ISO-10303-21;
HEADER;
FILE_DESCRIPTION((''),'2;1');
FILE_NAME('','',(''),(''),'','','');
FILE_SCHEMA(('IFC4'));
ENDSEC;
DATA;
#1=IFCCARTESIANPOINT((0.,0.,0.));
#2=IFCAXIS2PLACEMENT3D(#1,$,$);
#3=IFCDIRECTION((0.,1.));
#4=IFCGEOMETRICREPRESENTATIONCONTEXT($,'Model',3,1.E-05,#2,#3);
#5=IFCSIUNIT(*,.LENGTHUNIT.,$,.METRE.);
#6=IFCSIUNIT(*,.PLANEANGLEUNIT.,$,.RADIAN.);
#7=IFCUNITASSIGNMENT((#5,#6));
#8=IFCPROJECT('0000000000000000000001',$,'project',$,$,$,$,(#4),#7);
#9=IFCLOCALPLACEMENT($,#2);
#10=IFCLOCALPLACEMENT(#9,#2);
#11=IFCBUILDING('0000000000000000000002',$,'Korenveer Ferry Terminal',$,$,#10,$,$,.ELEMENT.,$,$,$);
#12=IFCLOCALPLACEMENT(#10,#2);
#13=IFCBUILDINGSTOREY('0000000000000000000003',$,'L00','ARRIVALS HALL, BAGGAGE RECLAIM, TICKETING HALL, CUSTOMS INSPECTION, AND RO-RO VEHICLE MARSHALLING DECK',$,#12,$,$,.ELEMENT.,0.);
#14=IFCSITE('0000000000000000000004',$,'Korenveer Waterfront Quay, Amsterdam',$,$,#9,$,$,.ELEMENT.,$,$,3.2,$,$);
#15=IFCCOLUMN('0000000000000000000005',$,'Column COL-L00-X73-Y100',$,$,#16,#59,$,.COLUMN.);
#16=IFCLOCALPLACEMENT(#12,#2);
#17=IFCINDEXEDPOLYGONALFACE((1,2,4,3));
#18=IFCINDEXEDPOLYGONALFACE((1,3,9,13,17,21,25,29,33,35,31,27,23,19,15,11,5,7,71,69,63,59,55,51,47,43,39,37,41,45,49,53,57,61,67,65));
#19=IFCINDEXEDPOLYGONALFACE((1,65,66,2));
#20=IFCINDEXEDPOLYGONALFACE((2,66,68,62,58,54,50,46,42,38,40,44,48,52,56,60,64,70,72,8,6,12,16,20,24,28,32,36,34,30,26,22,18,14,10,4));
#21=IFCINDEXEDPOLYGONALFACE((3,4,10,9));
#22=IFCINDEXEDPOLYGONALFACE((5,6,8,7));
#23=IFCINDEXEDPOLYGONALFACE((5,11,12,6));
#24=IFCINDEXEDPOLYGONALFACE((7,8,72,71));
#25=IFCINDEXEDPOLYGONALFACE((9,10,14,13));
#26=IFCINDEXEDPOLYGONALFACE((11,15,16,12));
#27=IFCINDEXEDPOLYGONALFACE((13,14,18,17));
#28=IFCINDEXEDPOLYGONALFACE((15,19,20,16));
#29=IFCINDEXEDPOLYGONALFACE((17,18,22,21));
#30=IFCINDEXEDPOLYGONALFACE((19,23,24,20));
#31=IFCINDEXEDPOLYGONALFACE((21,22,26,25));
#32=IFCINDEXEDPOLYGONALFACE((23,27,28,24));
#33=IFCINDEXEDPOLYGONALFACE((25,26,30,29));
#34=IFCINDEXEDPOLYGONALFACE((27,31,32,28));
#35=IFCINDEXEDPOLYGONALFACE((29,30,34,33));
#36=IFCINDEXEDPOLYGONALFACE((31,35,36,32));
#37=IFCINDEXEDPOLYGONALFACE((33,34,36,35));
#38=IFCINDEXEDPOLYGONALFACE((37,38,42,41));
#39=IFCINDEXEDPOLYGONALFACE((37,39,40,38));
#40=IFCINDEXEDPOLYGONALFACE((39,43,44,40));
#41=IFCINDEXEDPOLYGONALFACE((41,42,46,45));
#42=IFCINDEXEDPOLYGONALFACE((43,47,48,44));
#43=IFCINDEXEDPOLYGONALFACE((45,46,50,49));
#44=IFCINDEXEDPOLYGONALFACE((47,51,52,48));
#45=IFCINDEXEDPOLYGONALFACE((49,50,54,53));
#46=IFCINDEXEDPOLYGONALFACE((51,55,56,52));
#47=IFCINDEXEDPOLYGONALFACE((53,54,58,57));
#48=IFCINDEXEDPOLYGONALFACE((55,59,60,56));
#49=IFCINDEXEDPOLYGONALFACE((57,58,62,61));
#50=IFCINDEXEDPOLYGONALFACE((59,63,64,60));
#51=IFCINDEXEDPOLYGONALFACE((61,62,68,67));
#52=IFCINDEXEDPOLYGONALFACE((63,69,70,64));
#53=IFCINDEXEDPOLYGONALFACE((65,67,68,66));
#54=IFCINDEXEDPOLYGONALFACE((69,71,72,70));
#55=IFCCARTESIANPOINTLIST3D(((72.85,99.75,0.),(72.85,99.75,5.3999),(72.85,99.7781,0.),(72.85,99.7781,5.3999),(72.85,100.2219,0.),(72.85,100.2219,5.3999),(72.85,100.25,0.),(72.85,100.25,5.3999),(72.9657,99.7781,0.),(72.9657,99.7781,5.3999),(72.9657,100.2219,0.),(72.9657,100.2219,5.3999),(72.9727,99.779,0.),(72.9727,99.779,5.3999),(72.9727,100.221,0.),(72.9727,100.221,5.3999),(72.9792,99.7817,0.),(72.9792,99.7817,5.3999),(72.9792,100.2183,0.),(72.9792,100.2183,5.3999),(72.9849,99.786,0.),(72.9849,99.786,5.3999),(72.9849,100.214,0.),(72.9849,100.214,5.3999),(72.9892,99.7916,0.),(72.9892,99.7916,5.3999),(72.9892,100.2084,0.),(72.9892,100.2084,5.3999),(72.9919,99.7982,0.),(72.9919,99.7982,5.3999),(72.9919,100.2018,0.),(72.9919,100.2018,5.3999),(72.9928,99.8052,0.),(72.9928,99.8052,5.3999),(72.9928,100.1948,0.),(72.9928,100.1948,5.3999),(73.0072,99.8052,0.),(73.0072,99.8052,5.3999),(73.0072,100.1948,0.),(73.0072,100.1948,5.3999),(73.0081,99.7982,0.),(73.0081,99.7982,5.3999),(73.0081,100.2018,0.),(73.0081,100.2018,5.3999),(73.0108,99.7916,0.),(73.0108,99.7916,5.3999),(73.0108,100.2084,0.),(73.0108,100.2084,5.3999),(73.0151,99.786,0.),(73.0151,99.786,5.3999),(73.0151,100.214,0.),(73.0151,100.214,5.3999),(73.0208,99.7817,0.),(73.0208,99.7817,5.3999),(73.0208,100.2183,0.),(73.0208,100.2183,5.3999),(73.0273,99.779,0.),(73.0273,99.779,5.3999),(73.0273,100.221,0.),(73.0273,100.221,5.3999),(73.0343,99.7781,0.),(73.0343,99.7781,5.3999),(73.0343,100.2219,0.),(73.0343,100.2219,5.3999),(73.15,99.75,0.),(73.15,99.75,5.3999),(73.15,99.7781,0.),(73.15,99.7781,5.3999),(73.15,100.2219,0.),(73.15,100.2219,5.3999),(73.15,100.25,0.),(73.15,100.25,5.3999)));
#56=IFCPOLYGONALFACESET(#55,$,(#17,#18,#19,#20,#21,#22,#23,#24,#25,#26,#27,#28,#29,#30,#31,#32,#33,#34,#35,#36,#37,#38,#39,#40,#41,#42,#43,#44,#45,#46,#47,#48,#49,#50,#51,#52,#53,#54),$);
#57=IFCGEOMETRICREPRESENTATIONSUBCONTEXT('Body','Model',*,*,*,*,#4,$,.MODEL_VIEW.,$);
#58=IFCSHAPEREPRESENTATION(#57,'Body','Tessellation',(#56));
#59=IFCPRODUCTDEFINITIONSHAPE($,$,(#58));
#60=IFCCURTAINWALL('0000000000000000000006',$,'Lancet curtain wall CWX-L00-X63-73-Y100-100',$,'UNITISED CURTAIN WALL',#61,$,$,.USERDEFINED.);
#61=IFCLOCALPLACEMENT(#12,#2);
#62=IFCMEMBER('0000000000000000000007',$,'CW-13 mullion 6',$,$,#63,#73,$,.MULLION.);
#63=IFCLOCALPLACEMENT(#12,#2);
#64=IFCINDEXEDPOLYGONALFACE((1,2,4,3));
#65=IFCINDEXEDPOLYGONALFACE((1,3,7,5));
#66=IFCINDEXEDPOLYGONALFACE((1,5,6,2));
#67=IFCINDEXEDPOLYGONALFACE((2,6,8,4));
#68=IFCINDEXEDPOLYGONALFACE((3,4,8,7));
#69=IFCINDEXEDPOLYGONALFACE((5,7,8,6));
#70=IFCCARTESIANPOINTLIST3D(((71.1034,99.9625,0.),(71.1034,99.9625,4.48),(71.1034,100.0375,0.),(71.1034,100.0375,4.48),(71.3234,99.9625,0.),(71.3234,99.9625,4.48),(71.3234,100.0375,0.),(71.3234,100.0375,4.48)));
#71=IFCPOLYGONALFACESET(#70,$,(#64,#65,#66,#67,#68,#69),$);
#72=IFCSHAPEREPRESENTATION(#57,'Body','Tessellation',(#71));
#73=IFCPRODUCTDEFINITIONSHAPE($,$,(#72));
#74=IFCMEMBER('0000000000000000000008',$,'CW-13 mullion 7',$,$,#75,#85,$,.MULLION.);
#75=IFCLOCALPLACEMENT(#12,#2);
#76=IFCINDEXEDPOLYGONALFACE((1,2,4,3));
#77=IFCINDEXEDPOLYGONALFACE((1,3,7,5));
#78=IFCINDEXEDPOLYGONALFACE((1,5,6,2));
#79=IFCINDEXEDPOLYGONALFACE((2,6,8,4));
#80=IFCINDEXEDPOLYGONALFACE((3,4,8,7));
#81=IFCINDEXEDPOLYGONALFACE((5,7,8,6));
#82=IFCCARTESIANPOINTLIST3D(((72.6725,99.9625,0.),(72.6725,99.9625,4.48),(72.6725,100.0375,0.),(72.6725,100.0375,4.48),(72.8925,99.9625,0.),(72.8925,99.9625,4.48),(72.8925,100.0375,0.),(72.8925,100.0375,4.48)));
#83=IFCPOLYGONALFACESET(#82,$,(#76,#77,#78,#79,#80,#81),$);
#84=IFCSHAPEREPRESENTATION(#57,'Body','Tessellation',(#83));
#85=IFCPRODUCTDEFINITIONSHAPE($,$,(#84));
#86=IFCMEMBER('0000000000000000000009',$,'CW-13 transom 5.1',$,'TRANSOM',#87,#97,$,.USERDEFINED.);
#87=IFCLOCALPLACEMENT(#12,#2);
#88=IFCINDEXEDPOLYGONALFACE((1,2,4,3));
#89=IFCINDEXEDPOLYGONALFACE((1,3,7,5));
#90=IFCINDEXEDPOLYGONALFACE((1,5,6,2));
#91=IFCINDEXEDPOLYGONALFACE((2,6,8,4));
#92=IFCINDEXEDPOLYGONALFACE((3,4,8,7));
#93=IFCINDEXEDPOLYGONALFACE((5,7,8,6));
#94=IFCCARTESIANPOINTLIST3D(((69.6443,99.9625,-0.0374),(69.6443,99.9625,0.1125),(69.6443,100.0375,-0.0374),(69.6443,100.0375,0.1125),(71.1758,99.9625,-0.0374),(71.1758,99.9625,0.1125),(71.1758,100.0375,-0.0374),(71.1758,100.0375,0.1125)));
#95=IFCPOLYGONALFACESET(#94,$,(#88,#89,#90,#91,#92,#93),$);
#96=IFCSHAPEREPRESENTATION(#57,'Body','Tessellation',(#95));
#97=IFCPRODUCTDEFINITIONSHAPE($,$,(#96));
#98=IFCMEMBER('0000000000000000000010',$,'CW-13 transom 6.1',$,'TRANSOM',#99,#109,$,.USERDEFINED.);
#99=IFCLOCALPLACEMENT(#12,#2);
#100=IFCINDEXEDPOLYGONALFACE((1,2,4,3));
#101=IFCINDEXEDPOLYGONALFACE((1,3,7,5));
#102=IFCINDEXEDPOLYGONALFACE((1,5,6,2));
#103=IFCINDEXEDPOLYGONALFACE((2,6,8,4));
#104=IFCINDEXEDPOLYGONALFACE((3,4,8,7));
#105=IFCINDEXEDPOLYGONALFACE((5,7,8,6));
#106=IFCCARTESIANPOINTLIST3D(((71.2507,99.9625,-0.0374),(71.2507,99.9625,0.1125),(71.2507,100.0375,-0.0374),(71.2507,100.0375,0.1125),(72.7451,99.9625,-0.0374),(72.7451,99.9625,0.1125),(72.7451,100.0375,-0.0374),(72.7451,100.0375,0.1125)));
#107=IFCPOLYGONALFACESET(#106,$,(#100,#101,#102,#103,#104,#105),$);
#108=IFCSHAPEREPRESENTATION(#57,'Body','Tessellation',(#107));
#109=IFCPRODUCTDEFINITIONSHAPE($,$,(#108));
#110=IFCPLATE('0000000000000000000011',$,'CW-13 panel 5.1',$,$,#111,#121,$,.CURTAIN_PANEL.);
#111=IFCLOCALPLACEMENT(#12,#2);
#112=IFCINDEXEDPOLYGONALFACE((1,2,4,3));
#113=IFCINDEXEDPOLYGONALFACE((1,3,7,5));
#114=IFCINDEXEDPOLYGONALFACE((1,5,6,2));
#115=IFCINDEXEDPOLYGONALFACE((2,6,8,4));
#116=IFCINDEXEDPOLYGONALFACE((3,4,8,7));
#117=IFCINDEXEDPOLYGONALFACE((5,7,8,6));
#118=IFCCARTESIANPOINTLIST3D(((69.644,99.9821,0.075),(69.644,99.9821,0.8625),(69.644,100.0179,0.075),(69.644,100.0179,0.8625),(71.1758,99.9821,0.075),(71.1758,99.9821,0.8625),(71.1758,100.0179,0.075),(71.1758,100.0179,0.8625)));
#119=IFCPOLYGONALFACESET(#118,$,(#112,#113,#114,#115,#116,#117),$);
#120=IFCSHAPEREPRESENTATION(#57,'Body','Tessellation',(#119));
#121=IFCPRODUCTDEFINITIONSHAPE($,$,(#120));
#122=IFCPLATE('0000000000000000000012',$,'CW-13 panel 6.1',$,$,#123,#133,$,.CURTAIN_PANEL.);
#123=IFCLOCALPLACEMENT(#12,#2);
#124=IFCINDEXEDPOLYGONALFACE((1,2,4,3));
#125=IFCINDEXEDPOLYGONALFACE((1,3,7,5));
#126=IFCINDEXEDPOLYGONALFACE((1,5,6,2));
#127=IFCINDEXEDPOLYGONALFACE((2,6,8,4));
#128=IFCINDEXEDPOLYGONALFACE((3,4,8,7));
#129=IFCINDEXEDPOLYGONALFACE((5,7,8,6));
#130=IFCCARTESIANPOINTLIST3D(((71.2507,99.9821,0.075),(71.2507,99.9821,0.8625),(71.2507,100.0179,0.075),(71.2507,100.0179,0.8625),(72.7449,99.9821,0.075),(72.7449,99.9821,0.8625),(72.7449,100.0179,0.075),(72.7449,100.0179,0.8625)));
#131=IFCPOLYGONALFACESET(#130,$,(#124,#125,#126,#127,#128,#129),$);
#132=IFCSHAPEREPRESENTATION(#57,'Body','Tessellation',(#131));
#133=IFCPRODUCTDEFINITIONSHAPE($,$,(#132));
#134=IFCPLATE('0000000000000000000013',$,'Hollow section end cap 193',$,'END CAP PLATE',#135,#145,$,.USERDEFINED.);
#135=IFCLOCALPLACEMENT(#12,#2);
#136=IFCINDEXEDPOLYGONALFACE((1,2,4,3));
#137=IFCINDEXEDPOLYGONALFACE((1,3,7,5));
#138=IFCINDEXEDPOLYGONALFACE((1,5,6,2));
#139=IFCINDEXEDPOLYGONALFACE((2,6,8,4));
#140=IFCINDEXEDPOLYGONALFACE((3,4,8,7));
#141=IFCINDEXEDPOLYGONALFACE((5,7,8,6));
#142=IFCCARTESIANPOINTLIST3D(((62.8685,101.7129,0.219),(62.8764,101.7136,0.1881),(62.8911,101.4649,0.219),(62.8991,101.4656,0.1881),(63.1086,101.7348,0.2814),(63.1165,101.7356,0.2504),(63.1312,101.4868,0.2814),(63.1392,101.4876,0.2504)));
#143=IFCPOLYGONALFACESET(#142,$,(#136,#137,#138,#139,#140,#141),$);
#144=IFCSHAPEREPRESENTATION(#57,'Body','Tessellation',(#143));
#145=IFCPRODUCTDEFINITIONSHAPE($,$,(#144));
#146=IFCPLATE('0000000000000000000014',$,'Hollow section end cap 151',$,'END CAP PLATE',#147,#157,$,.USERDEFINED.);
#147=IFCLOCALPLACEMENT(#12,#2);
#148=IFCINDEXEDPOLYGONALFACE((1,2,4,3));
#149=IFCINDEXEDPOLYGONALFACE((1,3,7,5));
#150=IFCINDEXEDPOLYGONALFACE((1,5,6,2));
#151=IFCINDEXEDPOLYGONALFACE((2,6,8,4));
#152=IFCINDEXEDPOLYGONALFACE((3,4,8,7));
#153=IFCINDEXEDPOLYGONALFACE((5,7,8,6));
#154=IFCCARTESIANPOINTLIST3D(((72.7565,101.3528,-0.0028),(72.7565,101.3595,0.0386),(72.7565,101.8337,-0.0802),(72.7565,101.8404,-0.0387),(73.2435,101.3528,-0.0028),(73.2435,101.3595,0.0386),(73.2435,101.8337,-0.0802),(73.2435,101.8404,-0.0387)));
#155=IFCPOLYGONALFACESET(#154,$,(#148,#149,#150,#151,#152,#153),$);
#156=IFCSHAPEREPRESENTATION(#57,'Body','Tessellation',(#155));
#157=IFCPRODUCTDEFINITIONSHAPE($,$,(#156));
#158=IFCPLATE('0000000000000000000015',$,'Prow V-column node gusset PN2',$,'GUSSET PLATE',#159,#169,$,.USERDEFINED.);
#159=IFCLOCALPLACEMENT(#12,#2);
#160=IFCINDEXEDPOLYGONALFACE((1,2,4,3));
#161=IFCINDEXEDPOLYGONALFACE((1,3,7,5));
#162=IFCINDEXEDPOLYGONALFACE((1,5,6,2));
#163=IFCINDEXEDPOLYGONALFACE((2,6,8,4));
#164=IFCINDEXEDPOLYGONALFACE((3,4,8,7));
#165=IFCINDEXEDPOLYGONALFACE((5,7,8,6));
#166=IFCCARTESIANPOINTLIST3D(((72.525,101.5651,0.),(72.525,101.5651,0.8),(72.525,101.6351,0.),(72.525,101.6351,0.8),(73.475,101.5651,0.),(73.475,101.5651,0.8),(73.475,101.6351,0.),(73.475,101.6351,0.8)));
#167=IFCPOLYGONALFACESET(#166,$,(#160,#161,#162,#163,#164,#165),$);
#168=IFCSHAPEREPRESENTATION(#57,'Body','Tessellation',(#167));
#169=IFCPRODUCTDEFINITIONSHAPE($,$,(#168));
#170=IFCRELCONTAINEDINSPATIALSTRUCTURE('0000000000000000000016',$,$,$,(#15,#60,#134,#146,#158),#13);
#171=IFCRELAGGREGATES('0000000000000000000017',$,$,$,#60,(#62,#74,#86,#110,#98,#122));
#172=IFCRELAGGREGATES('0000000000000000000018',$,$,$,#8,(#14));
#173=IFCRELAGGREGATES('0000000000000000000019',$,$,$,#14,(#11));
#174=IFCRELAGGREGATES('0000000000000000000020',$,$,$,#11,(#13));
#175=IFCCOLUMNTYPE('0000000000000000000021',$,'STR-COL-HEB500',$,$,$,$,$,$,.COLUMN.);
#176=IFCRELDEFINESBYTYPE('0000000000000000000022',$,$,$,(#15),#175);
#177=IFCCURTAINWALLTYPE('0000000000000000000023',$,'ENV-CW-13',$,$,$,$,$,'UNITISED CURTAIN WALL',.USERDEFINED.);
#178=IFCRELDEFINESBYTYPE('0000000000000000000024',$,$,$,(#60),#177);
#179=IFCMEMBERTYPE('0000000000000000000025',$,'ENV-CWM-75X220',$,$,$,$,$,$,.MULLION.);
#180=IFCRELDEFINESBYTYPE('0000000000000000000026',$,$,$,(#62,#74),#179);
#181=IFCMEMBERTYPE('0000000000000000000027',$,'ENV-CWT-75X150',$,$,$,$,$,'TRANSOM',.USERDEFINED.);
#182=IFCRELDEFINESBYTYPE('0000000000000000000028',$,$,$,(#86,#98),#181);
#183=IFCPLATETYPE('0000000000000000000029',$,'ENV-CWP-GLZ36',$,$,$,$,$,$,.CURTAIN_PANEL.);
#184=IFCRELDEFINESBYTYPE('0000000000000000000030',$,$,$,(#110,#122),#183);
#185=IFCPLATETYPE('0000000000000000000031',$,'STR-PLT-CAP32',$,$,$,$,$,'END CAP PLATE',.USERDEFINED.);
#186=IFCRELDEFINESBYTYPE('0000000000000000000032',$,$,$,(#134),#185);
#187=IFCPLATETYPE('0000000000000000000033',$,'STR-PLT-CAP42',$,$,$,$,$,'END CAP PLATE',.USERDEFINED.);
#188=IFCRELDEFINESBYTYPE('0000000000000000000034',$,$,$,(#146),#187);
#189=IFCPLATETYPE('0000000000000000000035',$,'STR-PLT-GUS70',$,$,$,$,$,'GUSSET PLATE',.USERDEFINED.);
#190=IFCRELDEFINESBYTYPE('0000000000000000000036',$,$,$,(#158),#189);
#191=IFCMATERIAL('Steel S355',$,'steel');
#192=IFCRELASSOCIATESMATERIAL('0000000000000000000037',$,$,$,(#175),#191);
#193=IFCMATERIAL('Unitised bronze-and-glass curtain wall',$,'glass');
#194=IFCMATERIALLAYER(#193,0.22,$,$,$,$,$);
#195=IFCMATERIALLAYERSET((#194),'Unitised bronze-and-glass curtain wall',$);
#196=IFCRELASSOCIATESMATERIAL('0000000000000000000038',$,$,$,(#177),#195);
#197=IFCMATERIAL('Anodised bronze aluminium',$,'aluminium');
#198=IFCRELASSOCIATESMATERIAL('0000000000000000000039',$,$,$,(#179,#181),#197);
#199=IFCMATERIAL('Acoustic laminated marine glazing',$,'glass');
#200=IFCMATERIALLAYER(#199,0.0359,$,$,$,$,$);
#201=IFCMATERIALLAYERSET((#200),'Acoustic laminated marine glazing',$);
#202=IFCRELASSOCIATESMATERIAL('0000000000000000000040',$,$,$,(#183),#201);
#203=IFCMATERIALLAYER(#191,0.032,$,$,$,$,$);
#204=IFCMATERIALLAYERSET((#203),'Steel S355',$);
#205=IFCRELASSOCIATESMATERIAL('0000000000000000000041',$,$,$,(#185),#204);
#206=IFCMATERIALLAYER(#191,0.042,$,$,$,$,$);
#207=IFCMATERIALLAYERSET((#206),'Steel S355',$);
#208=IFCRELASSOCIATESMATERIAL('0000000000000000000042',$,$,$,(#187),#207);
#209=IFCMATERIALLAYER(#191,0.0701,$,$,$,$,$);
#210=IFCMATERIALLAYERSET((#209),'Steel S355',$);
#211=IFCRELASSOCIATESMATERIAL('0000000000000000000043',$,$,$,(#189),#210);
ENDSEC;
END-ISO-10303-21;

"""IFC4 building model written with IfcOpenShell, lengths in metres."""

from ifc_helpers import new_model, si_unit, direction, frame, origin, origin_2d, place, context, subcontext, project, spatial, rectangle, i_section, extrude, material, layer, layer_set, material_profile, profile_set, type_object, element, aggregate, save


model = new_model("IFC4")

# Units and contexts
model_context = context("Model", 3, precision=1e-05, world=origin(), true_north=direction((0.0, 1.0)))
body_context = subcontext(model_context, "Body", "Model", "MODEL_VIEW")
ifc_project = project(units=[si_unit("LENGTHUNIT", "METRE"), si_unit("PLANEANGLEUNIT", "RADIAN")], contexts=[model_context])

# Site, building, storey
site_placement = place(None, origin())
site = spatial("IfcSite", under=ifc_project, at=site_placement, Name="Korenveer Waterfront Quay, Amsterdam", CompositionType="ELEMENT", RefElevation=3.2)
building_placement = place(site_placement, origin())
building = spatial("IfcBuilding", under=site, at=building_placement, Name="Korenveer Ferry Terminal", CompositionType="ELEMENT")
storey_placement = place(building_placement, origin())
storey = spatial("IfcBuildingStorey", under=building, at=storey_placement, Name="L00", Description="ARRIVALS HALL, BAGGAGE RECLAIM, TICKETING HALL, CUSTOMS INSPECTION, AND RO-RO VEHICLE MARSHALLING DECK", CompositionType="ELEMENT", Elevation=0.0)

# Column
ifc_material_1 = material(Name="Steel S355", Category="steel")
ifc_material_profile_1 = material_profile(ifc_material_1, i_section(OverallWidth=0.3, OverallDepth=0.5, WebThickness=0.0144, FlangeThickness=0.0281, FilletRadius=0.0271, at=origin_2d()), Name="HEB 500")
ifc_profile_set_1 = profile_set([ifc_material_profile_1], Name="Steel S355")
column_type_1 = type_object("IfcColumnType", Name="STR-COL-HEB500", PredefinedType="COLUMN", material=ifc_profile_set_1)
for number, where, z_axis, x_axis, name in (
    (1, (73.0, 100.0, 0.0), (0.0, 0.0, 1.0), (1.0, 0.0, 0.0), "Column COL-L00-X73-Y100"),
):
    element("IfcColumn", number, at=place(storey_placement, frame(where, z_axis=z_axis, x_axis=x_axis)), inside=storey, type_object=column_type_1, Name=name, PredefinedType="COLUMN", context=body_context, shape_type="SweptSolid", body=[
        extrude(i_section(OverallWidth=0.3, OverallDepth=0.5, WebThickness=0.0144, FlangeThickness=0.0281, FilletRadius=0.0271, at=origin_2d()), origin(), (0.0, 0.0, 1.0), 5.3999),
    ])

# Curtain wall, members, plates
ifc_material_2 = material(Name="Unitised bronze-and-glass curtain wall", Category="glass")
ifc_layer_1 = layer(ifc_material_2, 0.22)
ifc_layer_set_1 = layer_set([ifc_layer_1], Name="Unitised bronze-and-glass curtain wall")
curtain_wall_type = type_object("IfcCurtainWallType", Name="ENV-CW-13", ElementType="UNITISED CURTAIN WALL", PredefinedType="USERDEFINED", material=ifc_layer_set_1)
curtain_wall_placement = place(storey_placement, frame((63.1799, 100.0, 0.0)))
curtain_wall = element("IfcCurtainWall", 2, at=curtain_wall_placement, inside=storey, type_object=curtain_wall_type, Name="Lancet curtain wall CWX-L00-X63-73-Y100-100", ObjectType="UNITISED CURTAIN WALL", PredefinedType="USERDEFINED")
ifc_material_3 = material(Name="Anodised bronze aluminium", Category="aluminium")
ifc_material_profile_2 = material_profile(ifc_material_3, rectangle(XDim=0.075, YDim=0.22, at=origin_2d()), Name="ALU 75x220")
ifc_profile_set_2 = profile_set([ifc_material_profile_2], Name="Anodised bronze aluminium")
member_type_1 = type_object("IfcMemberType", Name="ENV-CWM-75X220", PredefinedType="MULLION", material=ifc_profile_set_2)
member_1_placement = place(storey_placement, frame((71.2134, 100.0, 0.0), z_axis=(0.0, 0.0, 1.0), x_axis=(0.0, 1.0, 0.0)))
member_1 = element("IfcMember", 3, at=member_1_placement, type_object=member_type_1, Name="CW-13 mullion 6", PredefinedType="MULLION", context=body_context, shape_type="SweptSolid", body=[
    extrude(rectangle(XDim=0.075, YDim=0.22, at=origin_2d()), origin(), (0.0, 0.0, 1.0), 4.48),
])
member_2_placement = place(storey_placement, frame((72.7825, 100.0, 0.0), z_axis=(0.0, 0.0, 1.0), x_axis=(0.0, 1.0, 0.0)))
member_2 = element("IfcMember", 4, at=member_2_placement, type_object=member_type_1, Name="CW-13 mullion 7", PredefinedType="MULLION", context=body_context, shape_type="SweptSolid", body=[
    extrude(rectangle(XDim=0.075, YDim=0.22, at=origin_2d()), origin(), (0.0, 0.0, 1.0), 4.48),
])
ifc_material_profile_3 = material_profile(ifc_material_3, rectangle(XDim=0.075, YDim=0.1499, at=origin_2d()), Name="ALU 75x150")
ifc_profile_set_3 = profile_set([ifc_material_profile_3], Name="Anodised bronze aluminium")
member_type_2 = type_object("IfcMemberType", Name="ENV-CWT-75X150", ElementType="TRANSOM", PredefinedType="USERDEFINED", material=ifc_profile_set_3)
member_3_placement = place(storey_placement, frame((69.6443, 100.0, 0.0376), z_axis=(1.0, 0.0, 0.0), x_axis=(0.0, 1.0, 0.0)))
member_3 = element("IfcMember", 5, at=member_3_placement, type_object=member_type_2, Name="CW-13 transom 5.1", ObjectType="TRANSOM", PredefinedType="USERDEFINED", context=body_context, shape_type="SweptSolid", body=[
    extrude(rectangle(XDim=0.075, YDim=0.1499, at=origin_2d()), origin(), (0.0, 0.0, 1.0), 1.5315),
])
member_4_placement = place(storey_placement, frame((71.2507, 100.0, 0.0376), z_axis=(1.0, 0.0, 0.0), x_axis=(0.0, 1.0, 0.0)))
member_4 = element("IfcMember", 6, at=member_4_placement, type_object=member_type_2, Name="CW-13 transom 6.1", ObjectType="TRANSOM", PredefinedType="USERDEFINED", context=body_context, shape_type="SweptSolid", body=[
    extrude(rectangle(XDim=0.075, YDim=0.1499, at=origin_2d()), origin(), (0.0, 0.0, 1.0), 1.4944),
])
ifc_material_4 = material(Name="Acoustic laminated marine glazing", Category="glass")
ifc_layer_2 = layer(ifc_material_4, 0.0359)
ifc_layer_set_2 = layer_set([ifc_layer_2], Name="Acoustic laminated marine glazing")
plate_type_1 = type_object("IfcPlateType", Name="ENV-CWP-GLZ36", PredefinedType="CURTAIN_PANEL", material=ifc_layer_set_2)
plate_1_placement = place(storey_placement, frame((70.4099, 100.0, 0.075), z_axis=(0.0, 0.0, 1.0), x_axis=(1.0, 0.0, 0.0)))
plate_1 = element("IfcPlate", 7, at=plate_1_placement, type_object=plate_type_1, Name="CW-13 panel 5.1", PredefinedType="CURTAIN_PANEL", context=body_context, shape_type="SweptSolid", body=[
    extrude(rectangle(XDim=1.5317, YDim=0.0359, at=origin_2d()), origin(), (0.0, 0.0, 1.0), 0.7876),
])
plate_2_placement = place(storey_placement, frame((71.9978, 100.0, 0.075), z_axis=(0.0, 0.0, 1.0), x_axis=(1.0, 0.0, 0.0)))
plate_2 = element("IfcPlate", 8, at=plate_2_placement, type_object=plate_type_1, Name="CW-13 panel 6.1", PredefinedType="CURTAIN_PANEL", context=body_context, shape_type="SweptSolid", body=[
    extrude(rectangle(XDim=1.4941, YDim=0.0359, at=origin_2d()), origin(), (0.0, 0.0, 1.0), 0.7876),
])
aggregate(curtain_wall, [member_1, member_2, member_3, plate_1, member_4, plate_2])

# Plates
ifc_layer_3 = layer(ifc_material_1, 0.032)
ifc_layer_set_3 = layer_set([ifc_layer_3], Name="Steel S355")
plate_type_2 = type_object("IfcPlateType", Name="STR-PLT-CAP32", ElementType="END CAP PLATE", PredefinedType="USERDEFINED", material=ifc_layer_set_3)
plate_3_placement = place(storey_placement, frame((63.0078, 101.6006, 0.2192), z_axis=(-0.249201, -0.022784, 0.968184), x_axis=(0.091049, -0.995846, 0.0)))
element("IfcPlate", 9, at=plate_3_placement, inside=storey, type_object=plate_type_2, Name="Hollow section end cap 193", ObjectType="END CAP PLATE", PredefinedType="USERDEFINED", context=body_context, shape_type="SweptSolid", body=[
    extrude(rectangle(XDim=0.249, YDim=0.249, at=origin_2d()), origin(), (0.0, 0.0, 1.0), 0.032),
])
ifc_layer_4 = layer(ifc_material_1, 0.042)
ifc_layer_set_4 = layer_set([ifc_layer_4], Name="Steel S355")
plate_type_3 = type_object("IfcPlateType", Name="STR-PLT-CAP42", ElementType="END CAP PLATE", PredefinedType="USERDEFINED", material=ifc_layer_set_4)
plate_4_placement = place(storey_placement, frame((73.0, 101.5933, -0.0415), z_axis=(0.0, 0.158775, 0.987315), x_axis=(-1.0, 0.0, 0.0)))
element("IfcPlate", 10, at=plate_4_placement, inside=storey, type_object=plate_type_3, Name="Hollow section end cap 151", ObjectType="END CAP PLATE", PredefinedType="USERDEFINED", context=body_context, shape_type="SweptSolid", body=[
    extrude(rectangle(XDim=0.4871, YDim=0.4871, at=origin_2d()), origin(), (0.0, 0.0, 1.0), 0.042),
])
ifc_layer_5 = layer(ifc_material_1, 0.0701)
ifc_layer_set_5 = layer_set([ifc_layer_5], Name="Steel S355")
plate_type_4 = type_object("IfcPlateType", Name="STR-PLT-GUS70", ElementType="GUSSET PLATE", PredefinedType="USERDEFINED", material=ifc_layer_set_5)
plate_5_placement = place(storey_placement, frame((73.0, 101.6001, 0.0), z_axis=(0.0, 0.0, 1.0), x_axis=(1.0, 0.0, 0.0)))
element("IfcPlate", 11, at=plate_5_placement, inside=storey, type_object=plate_type_4, Name="Prow V-column node gusset PN2", ObjectType="GUSSET PLATE", PredefinedType="USERDEFINED", context=body_context, shape_type="SweptSolid", body=[
    extrude(rectangle(XDim=0.95, YDim=0.0701, at=origin_2d()), origin(), (0.0, 0.0, 1.0), 0.8),
])

save(model, "model.ifc")
